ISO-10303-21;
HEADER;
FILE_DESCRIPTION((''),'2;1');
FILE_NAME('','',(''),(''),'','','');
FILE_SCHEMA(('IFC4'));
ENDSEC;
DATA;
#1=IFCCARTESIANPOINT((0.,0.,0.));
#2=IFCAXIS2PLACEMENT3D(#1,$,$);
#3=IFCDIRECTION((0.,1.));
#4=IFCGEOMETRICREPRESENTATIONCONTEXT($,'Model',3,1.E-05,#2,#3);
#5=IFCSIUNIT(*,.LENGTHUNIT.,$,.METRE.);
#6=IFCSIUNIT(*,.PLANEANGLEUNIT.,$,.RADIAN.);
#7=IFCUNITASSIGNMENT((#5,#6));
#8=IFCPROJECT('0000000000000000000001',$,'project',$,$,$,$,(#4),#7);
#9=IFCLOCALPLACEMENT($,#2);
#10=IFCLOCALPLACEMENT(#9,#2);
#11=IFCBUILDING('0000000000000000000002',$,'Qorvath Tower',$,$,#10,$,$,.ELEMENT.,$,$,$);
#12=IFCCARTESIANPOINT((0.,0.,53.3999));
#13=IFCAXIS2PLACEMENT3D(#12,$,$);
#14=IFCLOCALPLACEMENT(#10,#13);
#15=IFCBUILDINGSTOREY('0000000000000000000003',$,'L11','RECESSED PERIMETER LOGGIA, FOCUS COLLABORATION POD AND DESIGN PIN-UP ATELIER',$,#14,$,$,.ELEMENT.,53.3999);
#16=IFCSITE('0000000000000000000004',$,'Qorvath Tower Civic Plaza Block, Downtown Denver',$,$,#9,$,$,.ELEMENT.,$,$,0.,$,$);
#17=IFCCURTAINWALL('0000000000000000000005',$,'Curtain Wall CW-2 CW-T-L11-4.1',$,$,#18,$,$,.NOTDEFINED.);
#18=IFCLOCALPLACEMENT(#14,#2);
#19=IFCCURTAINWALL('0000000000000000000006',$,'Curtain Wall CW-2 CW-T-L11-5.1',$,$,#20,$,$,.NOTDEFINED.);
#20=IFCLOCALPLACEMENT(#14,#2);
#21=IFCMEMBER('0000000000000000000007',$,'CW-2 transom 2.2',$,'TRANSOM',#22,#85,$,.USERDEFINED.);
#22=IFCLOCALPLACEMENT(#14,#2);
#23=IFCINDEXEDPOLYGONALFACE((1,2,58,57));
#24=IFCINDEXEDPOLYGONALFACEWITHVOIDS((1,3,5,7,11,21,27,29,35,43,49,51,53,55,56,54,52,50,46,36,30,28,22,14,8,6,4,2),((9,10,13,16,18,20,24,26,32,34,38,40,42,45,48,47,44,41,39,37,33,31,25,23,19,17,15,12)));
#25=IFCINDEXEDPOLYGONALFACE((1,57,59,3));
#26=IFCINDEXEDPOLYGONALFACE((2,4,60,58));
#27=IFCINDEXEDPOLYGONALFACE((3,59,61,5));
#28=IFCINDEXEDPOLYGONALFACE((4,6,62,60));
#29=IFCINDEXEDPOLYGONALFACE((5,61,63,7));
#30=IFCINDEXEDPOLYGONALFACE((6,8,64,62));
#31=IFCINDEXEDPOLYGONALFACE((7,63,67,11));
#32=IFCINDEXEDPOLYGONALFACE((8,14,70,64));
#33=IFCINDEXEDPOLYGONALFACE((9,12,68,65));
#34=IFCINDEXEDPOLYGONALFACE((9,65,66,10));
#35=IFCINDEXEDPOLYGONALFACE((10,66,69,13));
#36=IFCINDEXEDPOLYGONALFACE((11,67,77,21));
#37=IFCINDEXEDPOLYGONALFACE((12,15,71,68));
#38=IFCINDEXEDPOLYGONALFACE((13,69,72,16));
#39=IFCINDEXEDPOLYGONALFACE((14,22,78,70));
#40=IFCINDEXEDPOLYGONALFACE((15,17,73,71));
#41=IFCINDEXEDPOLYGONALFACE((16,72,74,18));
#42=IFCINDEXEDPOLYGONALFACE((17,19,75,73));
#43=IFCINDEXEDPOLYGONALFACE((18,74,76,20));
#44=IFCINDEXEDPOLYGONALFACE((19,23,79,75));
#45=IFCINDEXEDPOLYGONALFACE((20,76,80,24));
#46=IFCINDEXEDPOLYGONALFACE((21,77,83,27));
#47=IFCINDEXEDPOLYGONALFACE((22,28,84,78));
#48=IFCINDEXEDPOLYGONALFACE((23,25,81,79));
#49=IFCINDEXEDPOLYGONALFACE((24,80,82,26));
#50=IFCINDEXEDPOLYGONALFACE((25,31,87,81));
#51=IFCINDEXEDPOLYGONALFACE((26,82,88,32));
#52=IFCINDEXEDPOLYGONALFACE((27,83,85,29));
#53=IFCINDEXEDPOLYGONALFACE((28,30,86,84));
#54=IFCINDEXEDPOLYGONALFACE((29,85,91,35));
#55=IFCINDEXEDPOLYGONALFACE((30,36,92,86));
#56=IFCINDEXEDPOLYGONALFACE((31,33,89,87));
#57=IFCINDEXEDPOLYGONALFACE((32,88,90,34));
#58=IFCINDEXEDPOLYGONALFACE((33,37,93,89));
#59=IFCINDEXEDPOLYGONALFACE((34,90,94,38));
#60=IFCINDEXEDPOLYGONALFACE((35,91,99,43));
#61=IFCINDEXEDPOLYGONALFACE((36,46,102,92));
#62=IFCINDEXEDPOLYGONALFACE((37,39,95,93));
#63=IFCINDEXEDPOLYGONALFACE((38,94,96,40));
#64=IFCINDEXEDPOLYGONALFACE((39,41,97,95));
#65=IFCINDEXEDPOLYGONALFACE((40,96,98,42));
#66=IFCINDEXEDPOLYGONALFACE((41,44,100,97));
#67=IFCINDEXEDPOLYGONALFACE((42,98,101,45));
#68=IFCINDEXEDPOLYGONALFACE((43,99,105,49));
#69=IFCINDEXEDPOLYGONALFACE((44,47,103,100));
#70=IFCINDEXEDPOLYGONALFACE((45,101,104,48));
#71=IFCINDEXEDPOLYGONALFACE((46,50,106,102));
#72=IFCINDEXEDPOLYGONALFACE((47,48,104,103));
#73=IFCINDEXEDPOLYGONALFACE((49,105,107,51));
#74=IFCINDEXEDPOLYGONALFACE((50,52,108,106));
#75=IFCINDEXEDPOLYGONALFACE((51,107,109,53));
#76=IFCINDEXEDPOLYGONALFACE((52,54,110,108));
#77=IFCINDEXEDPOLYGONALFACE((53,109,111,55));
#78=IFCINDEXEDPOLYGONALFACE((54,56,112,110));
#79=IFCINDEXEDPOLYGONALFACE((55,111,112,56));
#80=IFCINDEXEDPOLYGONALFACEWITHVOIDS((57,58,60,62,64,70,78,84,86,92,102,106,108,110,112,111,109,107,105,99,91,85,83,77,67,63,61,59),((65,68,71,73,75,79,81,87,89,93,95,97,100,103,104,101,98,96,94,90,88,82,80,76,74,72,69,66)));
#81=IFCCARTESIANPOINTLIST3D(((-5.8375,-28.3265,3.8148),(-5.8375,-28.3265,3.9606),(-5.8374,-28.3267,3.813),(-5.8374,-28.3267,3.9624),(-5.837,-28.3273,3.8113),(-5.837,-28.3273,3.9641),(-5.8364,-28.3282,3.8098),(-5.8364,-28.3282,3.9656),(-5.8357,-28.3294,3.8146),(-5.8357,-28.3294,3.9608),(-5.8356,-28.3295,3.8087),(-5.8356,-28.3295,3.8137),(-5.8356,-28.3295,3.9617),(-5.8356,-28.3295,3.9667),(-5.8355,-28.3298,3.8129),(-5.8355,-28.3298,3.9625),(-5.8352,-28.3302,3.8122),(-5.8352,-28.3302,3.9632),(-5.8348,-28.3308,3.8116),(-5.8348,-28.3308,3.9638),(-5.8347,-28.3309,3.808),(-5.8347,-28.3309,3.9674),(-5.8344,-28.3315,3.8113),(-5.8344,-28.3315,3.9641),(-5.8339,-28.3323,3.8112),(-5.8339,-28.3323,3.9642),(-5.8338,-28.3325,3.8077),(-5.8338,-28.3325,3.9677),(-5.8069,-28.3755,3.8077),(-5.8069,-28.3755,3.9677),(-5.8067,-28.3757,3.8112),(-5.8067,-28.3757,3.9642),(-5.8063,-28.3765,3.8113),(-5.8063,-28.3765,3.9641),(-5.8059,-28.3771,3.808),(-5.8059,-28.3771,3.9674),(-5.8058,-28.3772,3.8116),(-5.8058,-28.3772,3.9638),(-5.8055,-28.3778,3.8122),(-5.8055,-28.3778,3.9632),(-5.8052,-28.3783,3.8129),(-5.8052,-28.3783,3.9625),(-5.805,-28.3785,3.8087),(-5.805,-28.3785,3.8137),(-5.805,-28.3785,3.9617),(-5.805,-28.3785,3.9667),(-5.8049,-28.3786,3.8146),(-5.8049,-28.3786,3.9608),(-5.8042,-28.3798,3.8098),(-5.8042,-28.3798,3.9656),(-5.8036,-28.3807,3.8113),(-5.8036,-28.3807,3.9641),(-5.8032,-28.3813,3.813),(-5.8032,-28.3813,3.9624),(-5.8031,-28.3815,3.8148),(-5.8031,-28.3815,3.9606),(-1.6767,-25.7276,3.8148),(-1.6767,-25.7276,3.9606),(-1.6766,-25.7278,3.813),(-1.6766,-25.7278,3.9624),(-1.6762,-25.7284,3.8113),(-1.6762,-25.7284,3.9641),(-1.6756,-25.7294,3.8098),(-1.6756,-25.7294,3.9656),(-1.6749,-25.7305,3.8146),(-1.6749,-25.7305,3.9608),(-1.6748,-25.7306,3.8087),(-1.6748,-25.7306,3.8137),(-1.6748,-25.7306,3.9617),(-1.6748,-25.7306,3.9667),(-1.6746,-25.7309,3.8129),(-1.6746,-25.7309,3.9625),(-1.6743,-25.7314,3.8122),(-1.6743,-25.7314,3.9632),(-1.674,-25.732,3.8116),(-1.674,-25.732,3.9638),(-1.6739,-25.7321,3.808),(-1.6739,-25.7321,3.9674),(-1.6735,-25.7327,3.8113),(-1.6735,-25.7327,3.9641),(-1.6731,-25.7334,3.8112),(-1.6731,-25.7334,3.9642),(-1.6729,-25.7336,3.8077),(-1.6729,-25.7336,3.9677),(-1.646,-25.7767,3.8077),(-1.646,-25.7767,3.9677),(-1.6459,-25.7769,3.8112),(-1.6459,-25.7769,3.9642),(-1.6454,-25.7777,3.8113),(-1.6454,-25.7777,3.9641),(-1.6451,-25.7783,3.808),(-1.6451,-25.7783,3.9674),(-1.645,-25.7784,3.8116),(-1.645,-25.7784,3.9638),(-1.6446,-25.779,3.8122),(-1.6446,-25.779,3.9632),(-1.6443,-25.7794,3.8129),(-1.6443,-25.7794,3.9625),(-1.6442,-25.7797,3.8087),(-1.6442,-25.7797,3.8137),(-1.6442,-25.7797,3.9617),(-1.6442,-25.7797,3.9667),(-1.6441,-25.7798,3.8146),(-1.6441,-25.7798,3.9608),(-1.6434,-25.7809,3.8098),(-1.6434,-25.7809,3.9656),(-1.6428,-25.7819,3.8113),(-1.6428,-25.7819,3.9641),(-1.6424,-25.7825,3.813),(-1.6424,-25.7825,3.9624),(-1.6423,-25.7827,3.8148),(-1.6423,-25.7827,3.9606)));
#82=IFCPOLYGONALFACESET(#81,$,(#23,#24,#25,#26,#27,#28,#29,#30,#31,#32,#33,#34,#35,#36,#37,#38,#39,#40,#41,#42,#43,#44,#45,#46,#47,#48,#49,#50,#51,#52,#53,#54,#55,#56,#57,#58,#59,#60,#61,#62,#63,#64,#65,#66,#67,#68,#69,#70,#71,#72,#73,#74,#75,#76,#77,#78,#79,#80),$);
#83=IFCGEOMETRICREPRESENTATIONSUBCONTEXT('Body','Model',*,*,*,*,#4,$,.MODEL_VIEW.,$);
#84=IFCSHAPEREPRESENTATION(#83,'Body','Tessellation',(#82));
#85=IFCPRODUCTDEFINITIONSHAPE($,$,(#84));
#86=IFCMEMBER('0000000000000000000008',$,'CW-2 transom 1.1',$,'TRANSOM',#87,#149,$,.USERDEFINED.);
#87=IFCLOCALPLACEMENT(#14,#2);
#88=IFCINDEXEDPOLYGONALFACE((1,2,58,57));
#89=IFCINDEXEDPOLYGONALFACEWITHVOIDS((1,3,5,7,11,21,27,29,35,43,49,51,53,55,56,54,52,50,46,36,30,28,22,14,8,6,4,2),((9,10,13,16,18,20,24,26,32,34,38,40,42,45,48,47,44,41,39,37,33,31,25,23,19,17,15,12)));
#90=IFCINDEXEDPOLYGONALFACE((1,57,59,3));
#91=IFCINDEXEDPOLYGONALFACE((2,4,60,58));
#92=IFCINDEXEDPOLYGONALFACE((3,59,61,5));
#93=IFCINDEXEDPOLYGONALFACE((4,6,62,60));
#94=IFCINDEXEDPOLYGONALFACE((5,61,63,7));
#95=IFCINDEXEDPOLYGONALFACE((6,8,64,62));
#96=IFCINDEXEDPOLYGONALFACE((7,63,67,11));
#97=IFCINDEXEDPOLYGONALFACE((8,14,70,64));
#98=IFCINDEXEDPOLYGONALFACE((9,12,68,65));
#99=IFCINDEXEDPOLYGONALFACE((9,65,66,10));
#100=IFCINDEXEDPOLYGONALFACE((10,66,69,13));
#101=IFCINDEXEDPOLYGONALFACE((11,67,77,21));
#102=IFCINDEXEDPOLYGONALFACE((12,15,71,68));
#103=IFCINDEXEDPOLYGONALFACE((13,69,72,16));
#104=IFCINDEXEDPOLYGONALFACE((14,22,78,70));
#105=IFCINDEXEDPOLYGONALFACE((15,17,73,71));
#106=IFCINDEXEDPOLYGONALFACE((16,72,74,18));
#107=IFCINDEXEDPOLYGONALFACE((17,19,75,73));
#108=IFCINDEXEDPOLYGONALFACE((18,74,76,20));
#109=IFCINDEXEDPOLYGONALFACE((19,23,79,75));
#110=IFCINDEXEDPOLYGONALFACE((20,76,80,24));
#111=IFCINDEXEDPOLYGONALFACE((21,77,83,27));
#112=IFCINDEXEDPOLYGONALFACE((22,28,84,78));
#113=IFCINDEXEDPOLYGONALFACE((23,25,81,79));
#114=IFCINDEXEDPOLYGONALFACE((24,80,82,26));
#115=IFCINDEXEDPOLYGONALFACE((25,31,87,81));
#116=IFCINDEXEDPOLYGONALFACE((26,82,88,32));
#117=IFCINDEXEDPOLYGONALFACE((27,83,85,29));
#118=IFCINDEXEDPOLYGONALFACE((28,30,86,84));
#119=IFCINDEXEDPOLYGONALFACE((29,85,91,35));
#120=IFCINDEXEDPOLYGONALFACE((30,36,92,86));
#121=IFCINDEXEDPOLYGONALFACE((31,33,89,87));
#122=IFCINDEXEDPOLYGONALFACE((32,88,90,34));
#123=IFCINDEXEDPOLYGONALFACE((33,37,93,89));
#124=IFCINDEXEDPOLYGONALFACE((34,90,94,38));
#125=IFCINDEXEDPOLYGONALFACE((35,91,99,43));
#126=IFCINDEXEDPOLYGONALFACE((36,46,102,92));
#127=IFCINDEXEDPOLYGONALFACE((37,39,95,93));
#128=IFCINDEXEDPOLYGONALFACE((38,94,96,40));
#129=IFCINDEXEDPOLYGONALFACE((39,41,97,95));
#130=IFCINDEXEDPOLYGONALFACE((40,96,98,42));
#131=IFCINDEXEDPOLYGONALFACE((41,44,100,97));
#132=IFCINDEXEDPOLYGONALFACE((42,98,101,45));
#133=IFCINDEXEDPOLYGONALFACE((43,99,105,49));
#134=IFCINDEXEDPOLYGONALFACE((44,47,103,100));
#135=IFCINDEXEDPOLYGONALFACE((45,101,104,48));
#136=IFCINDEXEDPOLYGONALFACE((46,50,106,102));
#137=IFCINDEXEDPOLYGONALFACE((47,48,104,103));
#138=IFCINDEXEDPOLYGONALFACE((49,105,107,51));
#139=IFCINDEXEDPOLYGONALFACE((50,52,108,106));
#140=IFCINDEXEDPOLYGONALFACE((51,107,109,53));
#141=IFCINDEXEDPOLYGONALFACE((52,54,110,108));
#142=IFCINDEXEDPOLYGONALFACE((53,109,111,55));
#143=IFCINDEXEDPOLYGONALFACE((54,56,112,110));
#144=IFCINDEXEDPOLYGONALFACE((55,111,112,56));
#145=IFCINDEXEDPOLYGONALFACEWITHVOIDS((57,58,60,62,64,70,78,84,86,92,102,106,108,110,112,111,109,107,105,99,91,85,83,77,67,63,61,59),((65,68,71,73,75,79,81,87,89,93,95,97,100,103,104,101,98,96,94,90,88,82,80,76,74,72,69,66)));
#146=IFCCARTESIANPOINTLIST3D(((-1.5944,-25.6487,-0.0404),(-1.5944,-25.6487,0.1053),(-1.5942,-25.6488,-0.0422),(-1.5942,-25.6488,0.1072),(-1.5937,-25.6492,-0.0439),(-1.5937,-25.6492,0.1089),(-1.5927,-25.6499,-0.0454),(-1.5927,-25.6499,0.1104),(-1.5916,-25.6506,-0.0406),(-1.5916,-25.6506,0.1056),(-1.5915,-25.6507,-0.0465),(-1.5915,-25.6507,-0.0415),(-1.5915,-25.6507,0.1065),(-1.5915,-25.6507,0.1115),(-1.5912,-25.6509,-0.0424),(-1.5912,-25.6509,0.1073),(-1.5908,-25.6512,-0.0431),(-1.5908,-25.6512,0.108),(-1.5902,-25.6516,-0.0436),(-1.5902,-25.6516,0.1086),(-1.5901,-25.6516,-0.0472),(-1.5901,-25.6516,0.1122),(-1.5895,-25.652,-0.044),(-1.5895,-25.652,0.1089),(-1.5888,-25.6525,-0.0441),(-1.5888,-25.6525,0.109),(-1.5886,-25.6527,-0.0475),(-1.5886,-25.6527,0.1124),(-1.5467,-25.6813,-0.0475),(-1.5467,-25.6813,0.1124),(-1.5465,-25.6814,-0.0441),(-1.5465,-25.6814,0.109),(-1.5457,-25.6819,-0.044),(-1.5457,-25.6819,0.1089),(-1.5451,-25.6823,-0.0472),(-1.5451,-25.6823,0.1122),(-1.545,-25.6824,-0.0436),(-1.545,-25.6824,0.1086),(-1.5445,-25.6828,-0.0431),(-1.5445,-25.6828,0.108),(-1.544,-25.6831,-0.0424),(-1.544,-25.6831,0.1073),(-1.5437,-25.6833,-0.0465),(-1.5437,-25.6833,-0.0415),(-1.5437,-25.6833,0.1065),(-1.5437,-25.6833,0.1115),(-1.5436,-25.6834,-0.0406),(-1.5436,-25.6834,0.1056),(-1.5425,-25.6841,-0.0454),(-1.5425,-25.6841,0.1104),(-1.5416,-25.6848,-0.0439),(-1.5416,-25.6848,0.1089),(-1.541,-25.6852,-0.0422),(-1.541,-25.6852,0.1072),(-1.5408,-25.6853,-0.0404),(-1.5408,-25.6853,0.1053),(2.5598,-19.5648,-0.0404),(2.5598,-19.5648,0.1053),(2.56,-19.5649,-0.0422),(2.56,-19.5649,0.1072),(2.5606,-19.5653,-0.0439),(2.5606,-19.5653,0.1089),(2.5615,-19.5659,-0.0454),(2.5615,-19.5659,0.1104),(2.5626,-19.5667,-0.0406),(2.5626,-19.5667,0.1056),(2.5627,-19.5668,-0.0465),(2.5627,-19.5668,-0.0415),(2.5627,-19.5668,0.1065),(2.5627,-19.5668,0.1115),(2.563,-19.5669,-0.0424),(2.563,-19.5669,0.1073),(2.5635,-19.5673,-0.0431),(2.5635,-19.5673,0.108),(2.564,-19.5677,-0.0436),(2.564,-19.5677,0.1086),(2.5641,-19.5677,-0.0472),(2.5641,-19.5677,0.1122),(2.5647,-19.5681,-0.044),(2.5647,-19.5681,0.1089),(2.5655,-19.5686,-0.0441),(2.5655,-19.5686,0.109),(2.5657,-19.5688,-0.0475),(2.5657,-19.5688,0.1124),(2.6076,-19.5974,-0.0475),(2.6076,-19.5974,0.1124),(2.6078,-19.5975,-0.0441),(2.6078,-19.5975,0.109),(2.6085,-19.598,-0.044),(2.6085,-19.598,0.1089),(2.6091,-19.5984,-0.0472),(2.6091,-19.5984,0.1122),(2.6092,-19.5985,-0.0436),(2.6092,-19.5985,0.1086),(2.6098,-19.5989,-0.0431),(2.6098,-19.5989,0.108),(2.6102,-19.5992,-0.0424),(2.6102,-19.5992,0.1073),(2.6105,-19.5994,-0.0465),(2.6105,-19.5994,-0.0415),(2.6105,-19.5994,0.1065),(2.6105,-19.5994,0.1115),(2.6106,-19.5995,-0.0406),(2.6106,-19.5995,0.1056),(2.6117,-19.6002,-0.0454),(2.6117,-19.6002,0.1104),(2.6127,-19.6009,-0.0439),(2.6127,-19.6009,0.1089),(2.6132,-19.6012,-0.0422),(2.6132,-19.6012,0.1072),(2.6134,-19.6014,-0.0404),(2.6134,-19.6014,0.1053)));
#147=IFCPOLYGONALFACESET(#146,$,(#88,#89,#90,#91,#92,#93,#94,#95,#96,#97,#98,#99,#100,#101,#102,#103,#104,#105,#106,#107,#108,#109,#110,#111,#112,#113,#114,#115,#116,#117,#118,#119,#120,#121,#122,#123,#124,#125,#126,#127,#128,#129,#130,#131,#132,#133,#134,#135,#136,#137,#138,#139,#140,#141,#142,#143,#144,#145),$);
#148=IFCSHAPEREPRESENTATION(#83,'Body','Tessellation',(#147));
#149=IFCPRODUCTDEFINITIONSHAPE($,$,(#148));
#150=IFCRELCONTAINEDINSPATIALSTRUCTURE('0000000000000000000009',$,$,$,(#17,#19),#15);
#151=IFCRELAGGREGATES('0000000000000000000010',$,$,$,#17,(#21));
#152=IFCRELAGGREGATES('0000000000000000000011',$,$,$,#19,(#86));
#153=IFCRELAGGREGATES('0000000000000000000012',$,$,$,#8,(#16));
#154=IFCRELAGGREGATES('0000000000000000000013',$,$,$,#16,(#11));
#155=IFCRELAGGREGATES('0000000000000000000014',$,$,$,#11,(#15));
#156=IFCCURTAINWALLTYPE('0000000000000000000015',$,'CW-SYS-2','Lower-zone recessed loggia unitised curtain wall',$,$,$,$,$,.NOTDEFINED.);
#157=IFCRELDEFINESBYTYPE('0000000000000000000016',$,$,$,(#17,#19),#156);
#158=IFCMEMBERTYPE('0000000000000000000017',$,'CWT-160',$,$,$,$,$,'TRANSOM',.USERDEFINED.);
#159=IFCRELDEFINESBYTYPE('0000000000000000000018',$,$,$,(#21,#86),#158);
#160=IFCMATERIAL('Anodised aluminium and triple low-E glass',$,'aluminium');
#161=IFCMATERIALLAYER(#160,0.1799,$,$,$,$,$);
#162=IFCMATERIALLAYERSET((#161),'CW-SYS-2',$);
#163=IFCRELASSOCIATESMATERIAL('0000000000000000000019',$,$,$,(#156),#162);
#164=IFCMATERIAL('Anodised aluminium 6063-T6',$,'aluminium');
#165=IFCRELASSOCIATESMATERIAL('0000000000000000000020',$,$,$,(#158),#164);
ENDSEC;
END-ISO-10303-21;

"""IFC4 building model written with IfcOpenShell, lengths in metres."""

from ifc_helpers import new_model, si_unit, direction, frame, origin, origin_2d, place, context, subcontext, project, spatial, hollow_rectangle, extrude, material, layer, layer_set, material_profile, profile_set, type_object, element, aggregate, save


model = new_model("IFC4")

# Units and contexts
model_context = context("Model", 3, precision=1e-05, world=origin(), true_north=direction((0.0, 1.0)))
body_context = subcontext(model_context, "Body", "Model", "MODEL_VIEW")
ifc_project = project(units=[si_unit("LENGTHUNIT", "METRE"), si_unit("PLANEANGLEUNIT", "RADIAN")], contexts=[model_context])

# Site, building, storey
site_placement = place(None, origin())
site = spatial("IfcSite", under=ifc_project, at=site_placement, Name="Qorvath Tower Civic Plaza Block, Downtown Denver", CompositionType="ELEMENT", RefElevation=0.0)
building_placement = place(site_placement, origin())
building = spatial("IfcBuilding", under=site, at=building_placement, Name="Qorvath Tower", CompositionType="ELEMENT")
storey_placement = place(building_placement, frame((0.0, 0.0, 53.3999)))
storey = spatial("IfcBuildingStorey", under=building, at=storey_placement, Name="L11", Description="RECESSED PERIMETER LOGGIA, FOCUS COLLABORATION POD AND DESIGN PIN-UP ATELIER", CompositionType="ELEMENT", Elevation=53.3999)

# Curtain walls
ifc_material_1 = material(Name="Anodised aluminium and triple low-E glass", Category="aluminium")
ifc_layer_1 = layer(ifc_material_1, 0.1799)
ifc_layer_set_1 = layer_set([ifc_layer_1], Name="CW-SYS-2")
curtain_wall_type = type_object("IfcCurtainWallType", Name="CW-SYS-2", Description="Lower-zone recessed loggia unitised curtain wall", PredefinedType="NOTDEFINED", material=ifc_layer_set_1)
curtain_wall_1_placement = place(storey_placement, origin())
curtain_wall_1 = element("IfcCurtainWall", 1, at=curtain_wall_1_placement, inside=storey, type_object=curtain_wall_type, Name="Curtain Wall CW-2 CW-T-L11-4.1", PredefinedType="NOTDEFINED")
curtain_wall_2_placement = place(storey_placement, origin())
curtain_wall_2 = element("IfcCurtainWall", 2, at=curtain_wall_2_placement, inside=storey, type_object=curtain_wall_type, Name="Curtain Wall CW-2 CW-T-L11-5.1", PredefinedType="NOTDEFINED")

# Members
ifc_material_2 = material(Name="Anodised aluminium 6063-T6", Category="aluminium")
ifc_material_profile_1 = material_profile(ifc_material_2, hollow_rectangle(XDim=0.0649, YDim=0.1599, WallThickness=0.0034, InnerFilletRadius=0.0034, OuterFilletRadius=0.0071, at=origin_2d()), Name="CWT 160x65")
ifc_profile_set_1 = profile_set([ifc_material_profile_1], Name="Anodised aluminium 6063-T6")
member_type_1 = type_object("IfcMemberType", Name="CWT-160", ElementType="TRANSOM", PredefinedType="USERDEFINED", material=ifc_profile_set_1)
member_1_placement = place(storey_placement, frame((-5.8203, -28.354, 3.8877), z_axis=(0.848152, 0.529753, 0.0), x_axis=(-0.529753, 0.848152, 0.0)))
member_1 = element("IfcMember", 3, at=member_1_placement, type_object=member_type_1, Name="CW-2 transom 2.2", ObjectType="TRANSOM", PredefinedType="USERDEFINED", context=body_context, shape_type="SweptSolid", body=[
    extrude(hollow_rectangle(XDim=0.0649, YDim=0.1599, WallThickness=0.0034, InnerFilletRadius=0.0034, OuterFilletRadius=0.0071, at=origin_2d()), origin(), (0.0, 0.0, 1.0), 4.9058),
])
member_2_placement = place(storey_placement, frame((-1.5676, -25.667, 0.0325), z_axis=(0.563904, 0.82584, 0.0), x_axis=(-0.82584, 0.563904, 0.0)))
member_2 = element("IfcMember", 4, at=member_2_placement, type_object=member_type_1, Name="CW-2 transom 1.1", ObjectType="TRANSOM", PredefinedType="USERDEFINED", context=body_context, shape_type="SweptSolid", body=[
    extrude(hollow_rectangle(XDim=0.0649, YDim=0.1599, WallThickness=0.0034, InnerFilletRadius=0.0034, OuterFilletRadius=0.0071, at=origin_2d()), origin(), (0.0, 0.0, 1.0), 7.3669),
])

aggregate(curtain_wall_1, [member_1])
aggregate(curtain_wall_2, [member_2])

save(model, "model.ifc")
